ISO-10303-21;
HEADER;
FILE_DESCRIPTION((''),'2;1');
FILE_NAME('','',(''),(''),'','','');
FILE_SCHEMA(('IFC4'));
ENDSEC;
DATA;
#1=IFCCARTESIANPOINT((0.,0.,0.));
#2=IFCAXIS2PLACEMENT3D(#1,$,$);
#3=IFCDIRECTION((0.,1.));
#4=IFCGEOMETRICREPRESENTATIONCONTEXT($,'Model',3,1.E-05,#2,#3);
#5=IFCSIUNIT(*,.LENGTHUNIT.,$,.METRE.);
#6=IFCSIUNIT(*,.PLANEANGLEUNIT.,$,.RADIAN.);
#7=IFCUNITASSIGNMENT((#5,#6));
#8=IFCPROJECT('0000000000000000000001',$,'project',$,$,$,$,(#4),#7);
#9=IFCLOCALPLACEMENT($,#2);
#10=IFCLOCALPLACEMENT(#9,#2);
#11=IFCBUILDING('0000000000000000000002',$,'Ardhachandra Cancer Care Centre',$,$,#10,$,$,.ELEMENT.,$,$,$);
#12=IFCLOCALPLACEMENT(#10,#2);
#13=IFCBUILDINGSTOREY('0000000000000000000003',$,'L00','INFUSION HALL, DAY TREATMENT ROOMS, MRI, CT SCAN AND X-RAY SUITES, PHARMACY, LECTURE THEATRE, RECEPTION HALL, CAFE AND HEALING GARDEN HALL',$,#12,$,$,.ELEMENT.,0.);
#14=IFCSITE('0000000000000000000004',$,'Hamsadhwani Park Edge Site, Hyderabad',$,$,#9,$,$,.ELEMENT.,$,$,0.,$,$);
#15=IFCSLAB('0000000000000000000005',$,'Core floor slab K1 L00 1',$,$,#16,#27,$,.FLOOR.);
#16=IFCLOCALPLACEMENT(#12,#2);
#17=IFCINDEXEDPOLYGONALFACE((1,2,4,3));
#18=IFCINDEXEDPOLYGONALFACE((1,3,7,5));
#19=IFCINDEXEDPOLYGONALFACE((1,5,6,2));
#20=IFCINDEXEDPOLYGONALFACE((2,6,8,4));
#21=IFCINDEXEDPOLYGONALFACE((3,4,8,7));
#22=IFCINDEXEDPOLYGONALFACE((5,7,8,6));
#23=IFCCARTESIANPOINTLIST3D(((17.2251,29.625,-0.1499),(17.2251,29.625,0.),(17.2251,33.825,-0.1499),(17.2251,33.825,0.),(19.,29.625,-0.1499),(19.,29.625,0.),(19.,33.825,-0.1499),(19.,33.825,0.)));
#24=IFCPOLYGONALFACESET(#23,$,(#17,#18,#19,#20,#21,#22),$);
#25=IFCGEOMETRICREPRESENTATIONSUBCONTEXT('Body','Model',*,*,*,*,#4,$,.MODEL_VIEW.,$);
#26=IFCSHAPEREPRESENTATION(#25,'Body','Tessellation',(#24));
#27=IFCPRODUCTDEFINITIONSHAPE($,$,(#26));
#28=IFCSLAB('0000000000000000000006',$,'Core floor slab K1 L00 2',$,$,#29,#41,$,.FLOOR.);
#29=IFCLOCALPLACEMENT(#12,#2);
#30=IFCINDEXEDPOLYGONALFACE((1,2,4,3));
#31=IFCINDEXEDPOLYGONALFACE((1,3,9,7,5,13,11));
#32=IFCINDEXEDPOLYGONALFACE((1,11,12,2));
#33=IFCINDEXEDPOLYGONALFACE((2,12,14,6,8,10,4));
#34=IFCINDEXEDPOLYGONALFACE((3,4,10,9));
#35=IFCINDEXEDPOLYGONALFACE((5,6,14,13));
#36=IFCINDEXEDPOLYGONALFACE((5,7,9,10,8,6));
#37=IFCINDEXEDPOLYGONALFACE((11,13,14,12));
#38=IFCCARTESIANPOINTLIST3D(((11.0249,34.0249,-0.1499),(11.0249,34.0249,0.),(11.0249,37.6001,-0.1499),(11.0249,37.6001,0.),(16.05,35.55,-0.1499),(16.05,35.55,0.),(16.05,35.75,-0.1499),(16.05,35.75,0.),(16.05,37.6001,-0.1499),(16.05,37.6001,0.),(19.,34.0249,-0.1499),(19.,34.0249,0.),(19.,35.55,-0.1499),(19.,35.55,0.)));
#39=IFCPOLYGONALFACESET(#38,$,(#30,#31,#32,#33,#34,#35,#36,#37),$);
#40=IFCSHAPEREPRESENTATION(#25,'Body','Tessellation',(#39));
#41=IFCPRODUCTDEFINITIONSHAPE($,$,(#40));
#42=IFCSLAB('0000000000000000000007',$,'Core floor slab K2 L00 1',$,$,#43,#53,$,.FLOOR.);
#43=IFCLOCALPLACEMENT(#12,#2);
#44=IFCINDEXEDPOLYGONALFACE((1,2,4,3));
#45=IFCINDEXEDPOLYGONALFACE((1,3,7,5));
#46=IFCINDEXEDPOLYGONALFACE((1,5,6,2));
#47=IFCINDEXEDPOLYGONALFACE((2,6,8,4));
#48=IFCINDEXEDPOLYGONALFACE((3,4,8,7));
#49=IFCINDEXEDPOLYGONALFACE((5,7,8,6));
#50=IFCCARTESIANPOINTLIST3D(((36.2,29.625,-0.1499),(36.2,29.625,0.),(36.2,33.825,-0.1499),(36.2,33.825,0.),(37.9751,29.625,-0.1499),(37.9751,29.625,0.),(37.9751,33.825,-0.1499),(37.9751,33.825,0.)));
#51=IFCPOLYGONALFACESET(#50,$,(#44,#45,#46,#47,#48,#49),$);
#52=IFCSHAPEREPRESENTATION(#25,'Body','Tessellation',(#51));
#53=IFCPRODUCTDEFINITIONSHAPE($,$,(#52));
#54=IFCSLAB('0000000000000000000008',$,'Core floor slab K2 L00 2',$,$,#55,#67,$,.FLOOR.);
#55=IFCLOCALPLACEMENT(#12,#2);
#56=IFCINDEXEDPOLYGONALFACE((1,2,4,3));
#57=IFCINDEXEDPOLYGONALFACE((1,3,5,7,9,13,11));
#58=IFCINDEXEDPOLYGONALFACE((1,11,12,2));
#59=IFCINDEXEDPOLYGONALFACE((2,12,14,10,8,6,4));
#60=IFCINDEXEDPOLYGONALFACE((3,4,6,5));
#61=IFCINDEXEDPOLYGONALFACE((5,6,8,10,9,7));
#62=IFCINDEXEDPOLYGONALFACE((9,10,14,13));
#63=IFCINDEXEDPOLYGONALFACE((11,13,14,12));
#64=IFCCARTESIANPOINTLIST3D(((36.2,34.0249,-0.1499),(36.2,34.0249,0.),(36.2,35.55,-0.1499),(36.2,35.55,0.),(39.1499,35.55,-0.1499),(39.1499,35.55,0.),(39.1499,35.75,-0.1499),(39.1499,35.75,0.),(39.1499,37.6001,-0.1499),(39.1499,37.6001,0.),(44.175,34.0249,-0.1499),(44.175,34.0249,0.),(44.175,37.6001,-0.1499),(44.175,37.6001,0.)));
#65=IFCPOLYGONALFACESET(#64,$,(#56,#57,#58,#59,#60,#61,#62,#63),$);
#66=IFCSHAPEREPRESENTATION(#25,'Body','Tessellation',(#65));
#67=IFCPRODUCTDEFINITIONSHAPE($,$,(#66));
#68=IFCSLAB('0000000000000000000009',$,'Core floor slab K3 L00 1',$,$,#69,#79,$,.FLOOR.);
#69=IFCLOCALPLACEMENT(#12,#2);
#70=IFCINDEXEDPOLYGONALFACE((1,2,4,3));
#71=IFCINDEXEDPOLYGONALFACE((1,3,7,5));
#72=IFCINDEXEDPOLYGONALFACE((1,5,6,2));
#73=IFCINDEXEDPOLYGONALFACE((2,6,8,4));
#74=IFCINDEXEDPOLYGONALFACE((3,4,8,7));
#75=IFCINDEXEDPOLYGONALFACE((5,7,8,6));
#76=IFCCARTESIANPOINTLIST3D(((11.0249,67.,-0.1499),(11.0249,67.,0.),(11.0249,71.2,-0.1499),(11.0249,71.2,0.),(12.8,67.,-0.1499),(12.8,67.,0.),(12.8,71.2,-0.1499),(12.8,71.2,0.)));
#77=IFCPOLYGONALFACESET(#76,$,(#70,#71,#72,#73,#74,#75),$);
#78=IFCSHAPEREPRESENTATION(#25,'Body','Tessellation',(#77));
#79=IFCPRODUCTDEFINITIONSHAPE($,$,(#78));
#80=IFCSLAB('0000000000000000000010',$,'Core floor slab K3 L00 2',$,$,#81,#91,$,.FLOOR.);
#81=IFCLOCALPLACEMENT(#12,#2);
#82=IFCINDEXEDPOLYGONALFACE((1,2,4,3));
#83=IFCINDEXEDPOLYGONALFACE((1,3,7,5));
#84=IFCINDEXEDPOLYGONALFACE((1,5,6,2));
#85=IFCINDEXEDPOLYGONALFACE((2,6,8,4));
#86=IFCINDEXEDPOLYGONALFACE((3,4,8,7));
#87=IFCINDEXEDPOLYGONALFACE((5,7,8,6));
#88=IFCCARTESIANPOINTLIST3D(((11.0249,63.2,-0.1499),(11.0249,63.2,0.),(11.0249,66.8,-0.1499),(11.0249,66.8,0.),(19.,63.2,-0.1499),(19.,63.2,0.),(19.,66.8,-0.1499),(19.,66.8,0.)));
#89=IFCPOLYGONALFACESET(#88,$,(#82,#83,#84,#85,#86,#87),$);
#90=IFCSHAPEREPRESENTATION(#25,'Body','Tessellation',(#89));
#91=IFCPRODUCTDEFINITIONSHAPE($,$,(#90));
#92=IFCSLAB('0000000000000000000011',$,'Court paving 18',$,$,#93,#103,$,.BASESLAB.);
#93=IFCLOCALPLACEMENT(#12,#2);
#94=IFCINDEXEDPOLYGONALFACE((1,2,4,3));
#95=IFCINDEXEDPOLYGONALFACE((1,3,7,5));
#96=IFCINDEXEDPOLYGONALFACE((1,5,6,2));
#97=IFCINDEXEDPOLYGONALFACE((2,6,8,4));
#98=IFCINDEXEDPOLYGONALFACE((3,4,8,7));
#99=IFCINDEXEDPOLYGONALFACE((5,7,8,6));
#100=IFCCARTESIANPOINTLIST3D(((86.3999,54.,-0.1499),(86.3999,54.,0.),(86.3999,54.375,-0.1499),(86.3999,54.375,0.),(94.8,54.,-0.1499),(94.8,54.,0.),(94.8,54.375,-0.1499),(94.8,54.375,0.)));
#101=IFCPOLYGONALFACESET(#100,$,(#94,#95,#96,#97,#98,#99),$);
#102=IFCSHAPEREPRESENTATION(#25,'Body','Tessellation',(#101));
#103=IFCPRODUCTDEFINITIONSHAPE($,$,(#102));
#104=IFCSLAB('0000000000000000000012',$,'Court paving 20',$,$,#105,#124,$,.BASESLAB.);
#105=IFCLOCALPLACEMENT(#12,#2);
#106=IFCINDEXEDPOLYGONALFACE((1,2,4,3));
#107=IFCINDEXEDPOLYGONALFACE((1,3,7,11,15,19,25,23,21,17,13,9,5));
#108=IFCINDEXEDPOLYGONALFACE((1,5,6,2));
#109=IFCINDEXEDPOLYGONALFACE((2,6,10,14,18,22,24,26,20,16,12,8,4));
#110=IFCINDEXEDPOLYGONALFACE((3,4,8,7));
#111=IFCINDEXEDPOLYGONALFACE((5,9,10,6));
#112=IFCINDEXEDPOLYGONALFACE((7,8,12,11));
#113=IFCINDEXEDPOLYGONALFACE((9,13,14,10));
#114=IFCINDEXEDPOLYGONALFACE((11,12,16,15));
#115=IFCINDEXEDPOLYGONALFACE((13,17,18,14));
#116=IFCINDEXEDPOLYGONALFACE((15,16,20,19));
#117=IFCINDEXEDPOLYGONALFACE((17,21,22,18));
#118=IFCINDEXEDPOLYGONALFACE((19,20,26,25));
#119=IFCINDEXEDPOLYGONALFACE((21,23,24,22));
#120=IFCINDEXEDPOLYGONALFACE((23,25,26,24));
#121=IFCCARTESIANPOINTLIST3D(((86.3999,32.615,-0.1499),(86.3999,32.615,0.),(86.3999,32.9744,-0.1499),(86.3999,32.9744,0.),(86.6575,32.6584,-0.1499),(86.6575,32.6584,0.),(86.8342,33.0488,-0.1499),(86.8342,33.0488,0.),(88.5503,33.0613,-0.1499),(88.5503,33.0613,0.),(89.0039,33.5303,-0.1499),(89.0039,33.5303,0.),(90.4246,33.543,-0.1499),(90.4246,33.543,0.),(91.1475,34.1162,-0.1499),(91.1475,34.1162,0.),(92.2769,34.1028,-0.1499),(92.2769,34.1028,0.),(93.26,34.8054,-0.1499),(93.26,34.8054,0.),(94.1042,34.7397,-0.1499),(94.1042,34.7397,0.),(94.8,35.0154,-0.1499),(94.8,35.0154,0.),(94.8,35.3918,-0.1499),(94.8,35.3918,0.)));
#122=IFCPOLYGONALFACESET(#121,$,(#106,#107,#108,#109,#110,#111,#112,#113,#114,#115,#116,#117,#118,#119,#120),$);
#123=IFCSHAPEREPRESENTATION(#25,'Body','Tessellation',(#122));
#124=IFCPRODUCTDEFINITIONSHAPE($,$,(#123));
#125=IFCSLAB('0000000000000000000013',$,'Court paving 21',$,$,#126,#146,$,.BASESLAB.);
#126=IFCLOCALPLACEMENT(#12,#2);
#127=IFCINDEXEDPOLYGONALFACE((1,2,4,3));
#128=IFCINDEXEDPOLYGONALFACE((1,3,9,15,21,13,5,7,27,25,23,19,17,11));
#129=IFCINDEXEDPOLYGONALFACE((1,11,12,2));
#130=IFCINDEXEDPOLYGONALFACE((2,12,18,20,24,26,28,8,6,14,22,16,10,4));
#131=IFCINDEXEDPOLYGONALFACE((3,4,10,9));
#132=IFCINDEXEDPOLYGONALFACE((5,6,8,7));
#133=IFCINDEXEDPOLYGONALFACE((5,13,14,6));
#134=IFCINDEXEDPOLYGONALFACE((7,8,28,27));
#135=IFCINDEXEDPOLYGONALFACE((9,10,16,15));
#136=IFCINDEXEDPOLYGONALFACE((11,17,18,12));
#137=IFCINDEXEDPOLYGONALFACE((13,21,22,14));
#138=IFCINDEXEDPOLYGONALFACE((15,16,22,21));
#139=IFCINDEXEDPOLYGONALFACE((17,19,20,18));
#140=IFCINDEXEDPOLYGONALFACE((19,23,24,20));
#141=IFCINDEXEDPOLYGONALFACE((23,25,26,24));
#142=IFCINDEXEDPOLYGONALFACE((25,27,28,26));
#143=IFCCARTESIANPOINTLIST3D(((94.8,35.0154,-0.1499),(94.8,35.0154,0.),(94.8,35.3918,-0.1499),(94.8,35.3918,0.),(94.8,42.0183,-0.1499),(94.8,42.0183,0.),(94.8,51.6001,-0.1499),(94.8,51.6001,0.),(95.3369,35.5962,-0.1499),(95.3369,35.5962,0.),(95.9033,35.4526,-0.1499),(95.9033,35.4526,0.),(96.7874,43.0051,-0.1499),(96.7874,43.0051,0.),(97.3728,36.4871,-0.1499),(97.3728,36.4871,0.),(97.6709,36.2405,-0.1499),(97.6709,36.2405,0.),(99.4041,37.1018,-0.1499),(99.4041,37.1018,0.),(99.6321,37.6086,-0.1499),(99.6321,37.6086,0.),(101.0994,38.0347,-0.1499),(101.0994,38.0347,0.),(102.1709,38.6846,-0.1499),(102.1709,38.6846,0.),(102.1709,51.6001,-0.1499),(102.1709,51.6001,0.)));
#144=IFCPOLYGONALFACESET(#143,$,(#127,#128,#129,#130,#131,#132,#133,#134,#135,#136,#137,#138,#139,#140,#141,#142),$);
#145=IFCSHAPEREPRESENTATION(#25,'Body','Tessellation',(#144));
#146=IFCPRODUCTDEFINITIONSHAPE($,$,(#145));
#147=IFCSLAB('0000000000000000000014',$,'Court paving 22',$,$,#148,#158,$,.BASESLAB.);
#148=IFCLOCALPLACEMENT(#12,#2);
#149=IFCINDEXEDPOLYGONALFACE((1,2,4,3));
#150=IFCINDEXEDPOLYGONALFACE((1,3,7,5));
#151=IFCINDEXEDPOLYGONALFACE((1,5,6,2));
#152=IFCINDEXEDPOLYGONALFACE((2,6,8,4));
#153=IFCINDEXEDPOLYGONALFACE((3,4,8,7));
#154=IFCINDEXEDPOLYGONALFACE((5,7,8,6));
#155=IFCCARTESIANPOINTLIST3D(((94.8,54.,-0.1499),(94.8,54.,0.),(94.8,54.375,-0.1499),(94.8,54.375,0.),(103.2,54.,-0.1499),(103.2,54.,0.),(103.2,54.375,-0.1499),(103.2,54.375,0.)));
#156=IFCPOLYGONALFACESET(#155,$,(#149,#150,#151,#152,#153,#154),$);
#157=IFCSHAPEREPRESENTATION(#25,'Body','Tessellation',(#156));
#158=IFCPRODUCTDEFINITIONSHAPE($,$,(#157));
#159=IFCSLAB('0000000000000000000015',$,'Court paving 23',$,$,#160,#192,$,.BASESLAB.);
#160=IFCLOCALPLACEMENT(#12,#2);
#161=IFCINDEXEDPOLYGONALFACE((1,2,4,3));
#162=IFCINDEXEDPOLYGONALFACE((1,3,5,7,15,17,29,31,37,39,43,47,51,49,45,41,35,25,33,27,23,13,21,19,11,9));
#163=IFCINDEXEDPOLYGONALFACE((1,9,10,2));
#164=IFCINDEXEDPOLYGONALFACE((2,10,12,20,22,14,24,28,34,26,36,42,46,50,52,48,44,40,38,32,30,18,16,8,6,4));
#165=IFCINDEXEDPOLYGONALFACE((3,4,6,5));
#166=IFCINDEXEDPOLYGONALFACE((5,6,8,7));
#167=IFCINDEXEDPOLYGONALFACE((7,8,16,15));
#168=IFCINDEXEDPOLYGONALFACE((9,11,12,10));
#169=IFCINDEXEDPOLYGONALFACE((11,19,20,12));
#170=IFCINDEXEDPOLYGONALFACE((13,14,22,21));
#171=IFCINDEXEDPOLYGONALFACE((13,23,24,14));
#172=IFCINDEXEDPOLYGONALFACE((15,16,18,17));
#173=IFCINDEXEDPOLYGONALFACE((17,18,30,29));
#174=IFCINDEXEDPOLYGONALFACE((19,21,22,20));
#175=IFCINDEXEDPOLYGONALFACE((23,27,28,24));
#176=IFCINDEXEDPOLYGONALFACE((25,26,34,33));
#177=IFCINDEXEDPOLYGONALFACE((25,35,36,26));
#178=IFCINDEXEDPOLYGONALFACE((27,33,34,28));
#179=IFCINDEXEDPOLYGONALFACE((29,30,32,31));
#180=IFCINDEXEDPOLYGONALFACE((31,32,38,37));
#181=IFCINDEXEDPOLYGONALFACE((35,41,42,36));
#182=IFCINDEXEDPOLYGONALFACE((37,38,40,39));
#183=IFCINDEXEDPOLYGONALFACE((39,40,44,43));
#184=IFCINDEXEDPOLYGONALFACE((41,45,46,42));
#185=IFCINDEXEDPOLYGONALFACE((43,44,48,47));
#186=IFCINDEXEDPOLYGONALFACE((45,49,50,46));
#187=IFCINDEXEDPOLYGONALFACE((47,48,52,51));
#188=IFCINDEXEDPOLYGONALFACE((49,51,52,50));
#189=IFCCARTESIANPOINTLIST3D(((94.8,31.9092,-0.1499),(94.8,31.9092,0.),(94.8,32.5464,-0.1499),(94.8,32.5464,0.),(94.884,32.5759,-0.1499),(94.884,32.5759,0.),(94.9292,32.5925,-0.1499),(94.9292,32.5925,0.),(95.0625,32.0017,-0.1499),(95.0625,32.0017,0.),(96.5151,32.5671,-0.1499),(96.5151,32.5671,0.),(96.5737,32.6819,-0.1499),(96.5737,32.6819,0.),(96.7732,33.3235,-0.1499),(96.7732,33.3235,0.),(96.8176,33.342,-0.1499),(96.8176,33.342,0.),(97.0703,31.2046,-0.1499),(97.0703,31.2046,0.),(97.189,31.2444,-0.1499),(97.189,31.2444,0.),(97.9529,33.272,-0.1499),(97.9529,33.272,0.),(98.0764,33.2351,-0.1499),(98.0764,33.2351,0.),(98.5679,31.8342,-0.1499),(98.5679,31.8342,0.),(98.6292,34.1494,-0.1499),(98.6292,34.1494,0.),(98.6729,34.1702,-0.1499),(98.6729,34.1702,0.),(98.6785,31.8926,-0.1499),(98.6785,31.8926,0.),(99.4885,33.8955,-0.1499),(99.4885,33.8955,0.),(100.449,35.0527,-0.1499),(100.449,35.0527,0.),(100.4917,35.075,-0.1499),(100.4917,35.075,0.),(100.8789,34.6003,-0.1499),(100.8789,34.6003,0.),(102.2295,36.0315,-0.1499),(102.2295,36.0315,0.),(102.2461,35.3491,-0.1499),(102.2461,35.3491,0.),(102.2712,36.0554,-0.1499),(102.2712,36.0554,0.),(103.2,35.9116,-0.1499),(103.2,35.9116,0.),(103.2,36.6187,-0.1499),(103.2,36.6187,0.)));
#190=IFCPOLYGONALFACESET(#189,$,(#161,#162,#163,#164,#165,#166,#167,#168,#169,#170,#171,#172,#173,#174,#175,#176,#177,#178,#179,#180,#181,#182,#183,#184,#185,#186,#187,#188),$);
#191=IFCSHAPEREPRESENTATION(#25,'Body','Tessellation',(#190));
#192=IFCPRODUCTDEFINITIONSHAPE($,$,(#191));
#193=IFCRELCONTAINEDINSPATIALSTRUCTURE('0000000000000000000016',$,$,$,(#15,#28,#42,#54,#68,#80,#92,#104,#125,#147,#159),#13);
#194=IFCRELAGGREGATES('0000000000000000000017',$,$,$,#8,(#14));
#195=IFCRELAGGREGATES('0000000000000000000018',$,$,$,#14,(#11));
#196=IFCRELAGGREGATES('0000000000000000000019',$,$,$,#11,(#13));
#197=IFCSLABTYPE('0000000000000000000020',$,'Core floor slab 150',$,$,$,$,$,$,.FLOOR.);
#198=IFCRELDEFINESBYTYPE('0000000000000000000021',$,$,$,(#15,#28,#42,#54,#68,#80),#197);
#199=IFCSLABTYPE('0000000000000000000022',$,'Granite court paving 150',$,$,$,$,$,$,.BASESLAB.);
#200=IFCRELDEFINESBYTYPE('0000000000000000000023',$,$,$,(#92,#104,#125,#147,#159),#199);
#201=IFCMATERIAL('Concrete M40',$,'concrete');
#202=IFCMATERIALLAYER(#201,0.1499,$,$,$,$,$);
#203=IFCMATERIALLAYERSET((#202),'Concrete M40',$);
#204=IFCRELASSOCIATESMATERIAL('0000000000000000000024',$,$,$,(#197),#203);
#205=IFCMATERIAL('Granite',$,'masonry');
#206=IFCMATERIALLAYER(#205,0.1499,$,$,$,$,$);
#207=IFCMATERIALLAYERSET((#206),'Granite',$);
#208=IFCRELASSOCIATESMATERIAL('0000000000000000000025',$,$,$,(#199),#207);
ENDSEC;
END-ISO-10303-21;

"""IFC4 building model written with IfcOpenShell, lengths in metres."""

from ifc_helpers import new_model, si_unit, direction, frame, origin, place, context, subcontext, project, spatial, polyline, outline, extrude, material, layer, layer_set, type_object, element, save


model = new_model("IFC4")

# Units and contexts
model_context = context("Model", 3, precision=1e-05, world=origin(), true_north=direction((0.0, 1.0)))
body_context = subcontext(model_context, "Body", "Model", "MODEL_VIEW")
ifc_project = project(units=[si_unit("LENGTHUNIT", "METRE"), si_unit("PLANEANGLEUNIT", "RADIAN")], contexts=[model_context])

# Site, building, storey
site_placement = place(None, origin())
site = spatial("IfcSite", under=ifc_project, at=site_placement, Name="Hamsadhwani Park Edge Site, Hyderabad", CompositionType="ELEMENT", RefElevation=0.0)
building_placement = place(site_placement, origin())
building = spatial("IfcBuilding", under=site, at=building_placement, Name="Ardhachandra Cancer Care Centre", CompositionType="ELEMENT")
storey_placement = place(building_placement, origin())
storey = spatial("IfcBuildingStorey", under=building, at=storey_placement, Name="L00", Description="INFUSION HALL, DAY TREATMENT ROOMS, MRI, CT SCAN AND X-RAY SUITES, PHARMACY, LECTURE THEATRE, RECEPTION HALL, CAFE AND HEALING GARDEN HALL", CompositionType="ELEMENT", Elevation=0.0)

# Slabs
ifc_material_1 = material(Name="Concrete M40", Category="concrete")
ifc_layer_1 = layer(ifc_material_1, 0.1499)
ifc_layer_set_1 = layer_set([ifc_layer_1], Name="Concrete M40")
slab_type_1 = type_object("IfcSlabType", Name="Core floor slab 150", PredefinedType="FLOOR", material=ifc_layer_set_1)
slab_1_placement = place(storey_placement, frame((0.0, 0.0, -0.1499)))
element("IfcSlab", 1, at=slab_1_placement, inside=storey, type_object=slab_type_1, Name="Core floor slab K1 L00 1", PredefinedType="FLOOR", context=body_context, shape_type="SweptSolid", body=[
    extrude(outline(polyline([(17.2251, 29.625), (17.2251, 33.825), (19.0, 33.825), (19.0, 29.625), (17.2251, 29.625)])), origin(), (0.0, 0.0, 1.0), 0.1499),
])
slab_2_placement = place(storey_placement, frame((0.0, 0.0, -0.1499)))
element("IfcSlab", 2, at=slab_2_placement, inside=storey, type_object=slab_type_1, Name="Core floor slab K1 L00 2", PredefinedType="FLOOR", context=body_context, shape_type="SweptSolid", body=[
    extrude(outline(polyline([(16.05, 37.6001), (16.05, 35.75), (16.05, 35.55), (19.0, 35.55), (19.0, 34.0249), (11.0249, 34.0249), (11.0249, 37.6001), (16.05, 37.6001)])), origin(), (0.0, 0.0, 1.0), 0.1499),
])
slab_3_placement = place(storey_placement, frame((0.0, 0.0, -0.1499)))
element("IfcSlab", 3, at=slab_3_placement, inside=storey, type_object=slab_type_1, Name="Core floor slab K2 L00 1", PredefinedType="FLOOR", context=body_context, shape_type="SweptSolid", body=[
    extrude(outline(polyline([(36.2, 33.825), (37.9751, 33.825), (37.9751, 29.625), (36.2, 29.625), (36.2, 33.825)])), origin(), (0.0, 0.0, 1.0), 0.1499),
])
slab_4_placement = place(storey_placement, frame((0.0, 0.0, -0.1499)))
element("IfcSlab", 4, at=slab_4_placement, inside=storey, type_object=slab_type_1, Name="Core floor slab K2 L00 2", PredefinedType="FLOOR", context=body_context, shape_type="SweptSolid", body=[
    extrude(outline(polyline([(44.175, 34.0249), (36.2, 34.0249), (36.2, 35.55), (39.1499, 35.55), (39.1499, 35.75), (39.1499, 37.6001), (44.175, 37.6001), (44.175, 34.0249)])), origin(), (0.0, 0.0, 1.0), 0.1499),
])
slab_5_placement = place(storey_placement, frame((0.0, 0.0, -0.1499)))
element("IfcSlab", 5, at=slab_5_placement, inside=storey, type_object=slab_type_1, Name="Core floor slab K3 L00 1", PredefinedType="FLOOR", context=body_context, shape_type="SweptSolid", body=[
    extrude(outline(polyline([(12.8, 71.2), (12.8, 67.0), (11.0249, 67.0), (11.0249, 71.2), (12.8, 71.2)])), origin(), (0.0, 0.0, 1.0), 0.1499),
])
slab_6_placement = place(storey_placement, frame((0.0, 0.0, -0.1499)))
element("IfcSlab", 6, at=slab_6_placement, inside=storey, type_object=slab_type_1, Name="Core floor slab K3 L00 2", PredefinedType="FLOOR", context=body_context, shape_type="SweptSolid", body=[
    extrude(outline(polyline([(11.0249, 66.8), (19.0, 66.8), (19.0, 63.2), (11.0249, 63.2), (11.0249, 66.8)])), origin(), (0.0, 0.0, 1.0), 0.1499),
])
ifc_material_2 = material(Name="Granite", Category="masonry")
ifc_layer_2 = layer(ifc_material_2, 0.1499)
ifc_layer_set_2 = layer_set([ifc_layer_2], Name="Granite")
slab_type_2 = type_object("IfcSlabType", Name="Granite court paving 150", PredefinedType="BASESLAB", material=ifc_layer_set_2)
slab_7_placement = place(storey_placement, frame((0.0, 0.0, -0.1499)))
element("IfcSlab", 7, at=slab_7_placement, inside=storey, type_object=slab_type_2, Name="Court paving 18", PredefinedType="BASESLAB", context=body_context, shape_type="SweptSolid", body=[
    extrude(outline(polyline([(94.8, 54.375), (86.3999, 54.375), (86.3999, 54.0), (94.8, 54.0), (94.8, 54.375)])), origin(), (0.0, 0.0, 1.0), 0.1499),
])
slab_8_placement = place(storey_placement, frame((0.0, 0.0, -0.1499)))
element("IfcSlab", 8, at=slab_8_placement, inside=storey, type_object=slab_type_2, Name="Court paving 20", PredefinedType="BASESLAB", context=body_context, shape_type="SweptSolid", body=[
    extrude(outline(polyline([(94.1042, 34.7397), (94.8, 35.0154), (94.8, 35.3918), (93.26, 34.8054), (91.1475, 34.1162), (89.0039, 33.5303), (86.8342, 33.0488), (86.3999, 32.9744), (86.3999, 32.615), (86.6575, 32.6584), (88.5503, 33.0613), (90.4246, 33.543), (92.2769, 34.1028), (94.1042, 34.7397)])), origin(), (0.0, 0.0, 1.0), 0.1499),
])
slab_9_placement = place(storey_placement, frame((0.0, 0.0, -0.1499)))
element("IfcSlab", 9, at=slab_9_placement, inside=storey, type_object=slab_type_2, Name="Court paving 21", PredefinedType="BASESLAB", context=body_context, shape_type="SweptSolid", body=[
    extrude(outline(polyline([(99.4041, 37.1018), (101.0994, 38.0347), (102.1709, 38.6846), (102.1709, 51.6001), (94.8, 51.6001), (94.8, 42.0183), (96.7874, 43.0051), (99.6321, 37.6086), (97.3728, 36.4871), (95.3369, 35.5962), (94.8, 35.3918), (94.8, 35.0154), (95.9033, 35.4526), (97.6709, 36.2405), (99.4041, 37.1018)])), origin(), (0.0, 0.0, 1.0), 0.1499),
])
slab_10_placement = place(storey_placement, frame((0.0, 0.0, -0.1499)))
element("IfcSlab", 10, at=slab_10_placement, inside=storey, type_object=slab_type_2, Name="Court paving 22", PredefinedType="BASESLAB", context=body_context, shape_type="SweptSolid", body=[
    extrude(outline(polyline([(103.2, 54.375), (94.8, 54.375), (94.8, 54.0), (103.2, 54.0), (103.2, 54.375)])), origin(), (0.0, 0.0, 1.0), 0.1499),
])
slab_11_placement = place(storey_placement, frame((0.0, 0.0, -0.1499)))
element("IfcSlab", 11, at=slab_11_placement, inside=storey, type_object=slab_type_2, Name="Court paving 23", PredefinedType="BASESLAB", context=body_context, shape_type="SweptSolid", body=[
    extrude(outline(polyline([(98.0764, 33.2351), (99.4885, 33.8955), (100.8789, 34.6003), (102.2461, 35.3491), (103.2, 35.9116), (103.2, 36.6187), (102.2712, 36.0554), (102.2295, 36.0315), (100.4917, 35.075), (100.449, 35.0527), (98.6729, 34.1702), (98.6292, 34.1494), (96.8176, 33.342), (96.7732, 33.3235), (94.9292, 32.5925), (94.884, 32.5759), (94.8, 32.5464), (94.8, 31.9092), (95.0625, 32.0017), (96.5151, 32.5671), (97.0703, 31.2046), (96.2952, 30.9448), (97.189, 31.2444), (96.5737, 32.6819), (97.9529, 33.272), (98.5679, 31.8342), (98.6785, 31.8926), (98.0764, 33.2351)])), origin(), (0.0, 0.0, 1.0), 0.1499),
])

save(model, "model.ifc")
